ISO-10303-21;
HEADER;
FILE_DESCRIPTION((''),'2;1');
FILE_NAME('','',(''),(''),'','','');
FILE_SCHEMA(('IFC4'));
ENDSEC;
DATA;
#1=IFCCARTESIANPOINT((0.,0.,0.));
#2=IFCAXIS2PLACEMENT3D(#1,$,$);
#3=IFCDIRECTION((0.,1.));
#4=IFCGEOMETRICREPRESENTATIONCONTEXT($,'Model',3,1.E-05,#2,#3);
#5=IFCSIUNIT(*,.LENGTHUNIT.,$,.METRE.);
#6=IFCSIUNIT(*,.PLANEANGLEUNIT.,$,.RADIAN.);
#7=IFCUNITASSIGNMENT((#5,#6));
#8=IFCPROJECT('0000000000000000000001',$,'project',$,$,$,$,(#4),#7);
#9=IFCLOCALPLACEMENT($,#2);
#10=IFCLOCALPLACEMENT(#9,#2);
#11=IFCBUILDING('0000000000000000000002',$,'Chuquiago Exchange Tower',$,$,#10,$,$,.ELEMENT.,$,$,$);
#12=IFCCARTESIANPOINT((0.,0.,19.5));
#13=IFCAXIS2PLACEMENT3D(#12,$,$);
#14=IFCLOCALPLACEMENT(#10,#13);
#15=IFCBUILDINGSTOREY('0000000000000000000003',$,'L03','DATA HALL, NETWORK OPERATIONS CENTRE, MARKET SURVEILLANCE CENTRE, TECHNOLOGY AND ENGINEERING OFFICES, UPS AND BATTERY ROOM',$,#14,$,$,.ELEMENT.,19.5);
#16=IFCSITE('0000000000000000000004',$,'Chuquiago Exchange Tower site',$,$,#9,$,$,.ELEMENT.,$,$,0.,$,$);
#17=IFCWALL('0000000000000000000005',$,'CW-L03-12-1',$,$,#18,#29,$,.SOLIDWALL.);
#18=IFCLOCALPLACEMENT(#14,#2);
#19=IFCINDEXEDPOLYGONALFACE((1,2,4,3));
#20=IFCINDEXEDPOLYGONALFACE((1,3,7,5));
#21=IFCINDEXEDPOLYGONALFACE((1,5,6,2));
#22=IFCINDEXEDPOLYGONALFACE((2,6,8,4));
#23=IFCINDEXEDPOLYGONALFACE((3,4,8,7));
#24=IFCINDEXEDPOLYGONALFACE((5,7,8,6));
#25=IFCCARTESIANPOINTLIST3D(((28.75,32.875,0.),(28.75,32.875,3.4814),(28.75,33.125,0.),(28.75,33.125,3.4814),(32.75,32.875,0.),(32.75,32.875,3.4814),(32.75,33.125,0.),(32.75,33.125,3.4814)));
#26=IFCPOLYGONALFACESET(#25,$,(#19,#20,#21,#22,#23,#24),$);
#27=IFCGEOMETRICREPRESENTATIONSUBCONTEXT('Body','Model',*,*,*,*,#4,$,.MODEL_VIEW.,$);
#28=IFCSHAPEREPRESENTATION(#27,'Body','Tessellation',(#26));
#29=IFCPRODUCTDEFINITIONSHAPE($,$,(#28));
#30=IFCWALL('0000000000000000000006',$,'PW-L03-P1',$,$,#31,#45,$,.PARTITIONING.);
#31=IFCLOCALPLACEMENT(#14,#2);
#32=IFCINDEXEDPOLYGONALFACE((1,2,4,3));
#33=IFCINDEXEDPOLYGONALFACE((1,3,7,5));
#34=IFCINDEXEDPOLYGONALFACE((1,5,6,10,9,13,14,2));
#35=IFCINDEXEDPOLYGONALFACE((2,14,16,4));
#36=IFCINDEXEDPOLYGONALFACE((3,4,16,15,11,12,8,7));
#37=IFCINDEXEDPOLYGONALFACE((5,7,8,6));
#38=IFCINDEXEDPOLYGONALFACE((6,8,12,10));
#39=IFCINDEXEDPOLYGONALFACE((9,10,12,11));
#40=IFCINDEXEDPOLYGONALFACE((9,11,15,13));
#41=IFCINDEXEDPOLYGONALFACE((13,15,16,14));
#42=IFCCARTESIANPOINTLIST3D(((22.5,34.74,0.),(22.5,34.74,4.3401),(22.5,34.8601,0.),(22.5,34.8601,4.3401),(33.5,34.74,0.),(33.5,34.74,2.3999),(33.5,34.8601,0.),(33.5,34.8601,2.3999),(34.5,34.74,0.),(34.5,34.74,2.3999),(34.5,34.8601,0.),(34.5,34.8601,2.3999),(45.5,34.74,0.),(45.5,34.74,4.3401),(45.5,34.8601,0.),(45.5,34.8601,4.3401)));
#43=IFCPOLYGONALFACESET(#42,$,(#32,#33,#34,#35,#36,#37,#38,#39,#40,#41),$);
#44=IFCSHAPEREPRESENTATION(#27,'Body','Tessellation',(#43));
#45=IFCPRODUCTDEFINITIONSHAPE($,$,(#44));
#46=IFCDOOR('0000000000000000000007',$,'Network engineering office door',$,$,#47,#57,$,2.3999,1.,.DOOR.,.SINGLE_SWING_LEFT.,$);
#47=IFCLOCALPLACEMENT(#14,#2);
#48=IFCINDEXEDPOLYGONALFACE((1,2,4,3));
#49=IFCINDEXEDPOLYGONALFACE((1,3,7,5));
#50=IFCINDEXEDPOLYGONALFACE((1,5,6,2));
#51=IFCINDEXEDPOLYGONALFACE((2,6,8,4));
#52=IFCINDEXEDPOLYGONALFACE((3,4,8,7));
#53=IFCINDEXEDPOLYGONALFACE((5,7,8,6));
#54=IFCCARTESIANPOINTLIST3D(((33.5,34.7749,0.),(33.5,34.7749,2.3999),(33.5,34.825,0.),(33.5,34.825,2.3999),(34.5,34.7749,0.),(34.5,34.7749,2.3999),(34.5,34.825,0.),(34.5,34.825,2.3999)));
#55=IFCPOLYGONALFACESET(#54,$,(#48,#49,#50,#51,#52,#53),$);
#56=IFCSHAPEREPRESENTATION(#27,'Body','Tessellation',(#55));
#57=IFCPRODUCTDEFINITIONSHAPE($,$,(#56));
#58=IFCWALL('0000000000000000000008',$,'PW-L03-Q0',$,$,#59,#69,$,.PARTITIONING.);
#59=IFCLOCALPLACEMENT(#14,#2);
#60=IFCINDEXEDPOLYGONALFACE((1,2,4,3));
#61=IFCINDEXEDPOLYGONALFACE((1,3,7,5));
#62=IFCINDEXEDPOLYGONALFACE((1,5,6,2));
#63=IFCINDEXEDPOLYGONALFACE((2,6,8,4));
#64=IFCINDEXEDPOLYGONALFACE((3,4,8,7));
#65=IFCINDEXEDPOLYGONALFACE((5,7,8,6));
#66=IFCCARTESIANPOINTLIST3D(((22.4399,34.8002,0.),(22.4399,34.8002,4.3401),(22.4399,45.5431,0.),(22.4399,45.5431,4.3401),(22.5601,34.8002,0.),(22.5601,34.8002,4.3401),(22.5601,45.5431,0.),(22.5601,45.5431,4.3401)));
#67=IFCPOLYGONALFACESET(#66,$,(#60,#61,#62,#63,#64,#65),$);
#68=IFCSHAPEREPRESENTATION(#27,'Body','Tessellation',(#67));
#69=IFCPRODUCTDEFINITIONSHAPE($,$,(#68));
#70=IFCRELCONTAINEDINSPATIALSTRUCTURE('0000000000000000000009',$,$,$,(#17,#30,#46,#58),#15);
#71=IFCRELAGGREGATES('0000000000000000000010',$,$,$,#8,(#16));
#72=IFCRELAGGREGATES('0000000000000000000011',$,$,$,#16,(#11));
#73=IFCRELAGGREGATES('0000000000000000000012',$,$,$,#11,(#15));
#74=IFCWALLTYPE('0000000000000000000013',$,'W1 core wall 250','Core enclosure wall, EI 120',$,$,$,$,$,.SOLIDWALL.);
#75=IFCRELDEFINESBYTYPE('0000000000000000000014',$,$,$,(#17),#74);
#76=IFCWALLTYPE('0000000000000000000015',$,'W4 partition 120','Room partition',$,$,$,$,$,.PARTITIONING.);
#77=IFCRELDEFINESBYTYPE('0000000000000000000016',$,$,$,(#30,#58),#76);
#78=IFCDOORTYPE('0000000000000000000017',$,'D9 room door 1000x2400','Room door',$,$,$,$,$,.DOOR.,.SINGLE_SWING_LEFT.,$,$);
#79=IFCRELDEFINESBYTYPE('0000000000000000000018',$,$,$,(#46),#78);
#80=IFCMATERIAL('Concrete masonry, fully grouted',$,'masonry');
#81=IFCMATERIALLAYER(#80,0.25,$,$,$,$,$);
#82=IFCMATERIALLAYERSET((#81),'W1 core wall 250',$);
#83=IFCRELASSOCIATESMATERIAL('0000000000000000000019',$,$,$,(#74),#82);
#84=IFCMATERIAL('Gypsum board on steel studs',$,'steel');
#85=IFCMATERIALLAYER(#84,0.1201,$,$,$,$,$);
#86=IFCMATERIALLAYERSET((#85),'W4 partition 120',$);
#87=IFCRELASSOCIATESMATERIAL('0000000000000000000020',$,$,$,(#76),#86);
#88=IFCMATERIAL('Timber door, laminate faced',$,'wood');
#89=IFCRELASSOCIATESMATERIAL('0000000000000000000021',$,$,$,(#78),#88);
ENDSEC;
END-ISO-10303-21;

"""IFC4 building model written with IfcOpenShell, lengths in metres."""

from ifc_helpers import new_model, si_unit, direction, frame, frame_2d, origin, place, context, subcontext, project, spatial, rectangle, extrude, material, layer, layer_set, type_object, element, fill, save


model = new_model("IFC4")

# Units and contexts
model_context = context("Model", 3, precision=1e-05, world=origin(), true_north=direction((0.0, 1.0)))
body_context = subcontext(model_context, "Body", "Model", "MODEL_VIEW")
ifc_project = project(units=[si_unit("LENGTHUNIT", "METRE"), si_unit("PLANEANGLEUNIT", "RADIAN")], contexts=[model_context])

# Site, building, storey
site_placement = place(None, origin())
site = spatial("IfcSite", under=ifc_project, at=site_placement, Name="Chuquiago Exchange Tower site", CompositionType="ELEMENT", RefElevation=0.0)
building_placement = place(site_placement, origin())
building = spatial("IfcBuilding", under=site, at=building_placement, Name="Chuquiago Exchange Tower", CompositionType="ELEMENT")
storey_placement = place(building_placement, frame((0.0, 0.0, 19.5)))
storey = spatial("IfcBuildingStorey", under=building, at=storey_placement, Name="L03", Description="DATA HALL, NETWORK OPERATIONS CENTRE, MARKET SURVEILLANCE CENTRE, TECHNOLOGY AND ENGINEERING OFFICES, UPS AND BATTERY ROOM", CompositionType="ELEMENT", Elevation=19.5)

# Wall
ifc_material_1 = material(Name="Concrete masonry, fully grouted", Category="masonry")
ifc_layer_1 = layer(ifc_material_1, 0.25)
ifc_layer_set_1 = layer_set([ifc_layer_1], Name="W1 core wall 250")
wall_type_1 = type_object("IfcWallType", Name="W1 core wall 250", Description="Core enclosure wall, EI 120", PredefinedType="SOLIDWALL", material=ifc_layer_set_1)
wall_1_placement = place(storey_placement, frame((28.75, 33.0, 0.0), z_axis=(0.0, 0.0, 1.0), x_axis=(1.0, 0.0, 0.0)))
element("IfcWall", 1, at=wall_1_placement, inside=storey, type_object=wall_type_1, Name="CW-L03-12-1", PredefinedType="SOLIDWALL", context=body_context, shape_type="SweptSolid", body=[
    extrude(rectangle(XDim=4.0, YDim=0.25, at=frame_2d((2.0, 0.0))), origin(), (0.0, 0.0, 1.0), 3.4814),
])

# Wall, opening, door
ifc_material_2 = material(Name="Gypsum board on steel studs", Category="steel")
ifc_layer_2 = layer(ifc_material_2, 0.1201)
ifc_layer_set_2 = layer_set([ifc_layer_2], Name="W4 partition 120")
wall_type_2 = type_object("IfcWallType", Name="W4 partition 120", Description="Room partition", PredefinedType="PARTITIONING", material=ifc_layer_set_2)
wall_2_placement = place(storey_placement, frame((22.5, 34.8, 0.0), z_axis=(0.0, 0.0, 1.0), x_axis=(1.0, 0.0, 0.0)))
wall_2 = element("IfcWall", 2, at=wall_2_placement, inside=storey, type_object=wall_type_2, Name="PW-L03-P1", PredefinedType="PARTITIONING", context=body_context, shape_type="SweptSolid", body=[
    extrude(rectangle(XDim=23.0, YDim=0.1201, at=frame_2d((11.5, 0.0))), origin(), (0.0, 0.0, 1.0), 4.3401),
])
opening_placement = place(wall_2_placement, frame((11.0, 0.0, 0.0)))
opening = element("IfcOpeningElement", 3, at=opening_placement, cuts=wall_2, PredefinedType="OPENING", context=body_context, shape_type="SweptSolid", body=[
    extrude(rectangle(XDim=1.0, YDim=2.3999, at=frame_2d((0.5, 1.2))), frame((0.0, 0.0701, 0.0), z_axis=(0.0, -1.0, 0.0), x_axis=(1.0, 0.0, 0.0)), (0.0, 0.0, 1.0), 0.1401),
])
ifc_material_3 = material(Name="Timber door, laminate faced", Category="wood")
door_type = type_object("IfcDoorType", Name="D9 room door 1000x2400", Description="Room door", OperationType="SINGLE_SWING_LEFT", PredefinedType="DOOR", material=ifc_material_3)
door_placement = place(opening_placement, origin())
door = element("IfcDoor", 4, at=door_placement, inside=storey, type_object=door_type, Name="Network engineering office door", OperationType="SINGLE_SWING_LEFT", OverallHeight=2.3999, OverallWidth=1.0, PredefinedType="DOOR", context=body_context, shape_type="SweptSolid", body=[
    extrude(rectangle(XDim=1.0, YDim=2.3999, at=frame_2d((0.5, 1.2))), frame((0.0, 0.0249, 0.0), z_axis=(0.0, -1.0, 0.0), x_axis=(1.0, 0.0, 0.0)), (0.0, 0.0, 1.0), 0.05),
])
fill(opening, door)

# Wall
wall_3_placement = place(storey_placement, frame((22.5, 34.8, 0.0), z_axis=(0.0, 0.0, 1.0), x_axis=(0.0, 1.0, 0.0)))
element("IfcWall", 5, at=wall_3_placement, inside=storey, type_object=wall_type_2, Name="PW-L03-Q0", PredefinedType="PARTITIONING", context=body_context, shape_type="SweptSolid", body=[
    extrude(rectangle(XDim=10.7429, YDim=0.1201, at=frame_2d((5.3716, 0.0))), origin(), (0.0, 0.0, 1.0), 4.3401),
])

save(model, "model.ifc")
